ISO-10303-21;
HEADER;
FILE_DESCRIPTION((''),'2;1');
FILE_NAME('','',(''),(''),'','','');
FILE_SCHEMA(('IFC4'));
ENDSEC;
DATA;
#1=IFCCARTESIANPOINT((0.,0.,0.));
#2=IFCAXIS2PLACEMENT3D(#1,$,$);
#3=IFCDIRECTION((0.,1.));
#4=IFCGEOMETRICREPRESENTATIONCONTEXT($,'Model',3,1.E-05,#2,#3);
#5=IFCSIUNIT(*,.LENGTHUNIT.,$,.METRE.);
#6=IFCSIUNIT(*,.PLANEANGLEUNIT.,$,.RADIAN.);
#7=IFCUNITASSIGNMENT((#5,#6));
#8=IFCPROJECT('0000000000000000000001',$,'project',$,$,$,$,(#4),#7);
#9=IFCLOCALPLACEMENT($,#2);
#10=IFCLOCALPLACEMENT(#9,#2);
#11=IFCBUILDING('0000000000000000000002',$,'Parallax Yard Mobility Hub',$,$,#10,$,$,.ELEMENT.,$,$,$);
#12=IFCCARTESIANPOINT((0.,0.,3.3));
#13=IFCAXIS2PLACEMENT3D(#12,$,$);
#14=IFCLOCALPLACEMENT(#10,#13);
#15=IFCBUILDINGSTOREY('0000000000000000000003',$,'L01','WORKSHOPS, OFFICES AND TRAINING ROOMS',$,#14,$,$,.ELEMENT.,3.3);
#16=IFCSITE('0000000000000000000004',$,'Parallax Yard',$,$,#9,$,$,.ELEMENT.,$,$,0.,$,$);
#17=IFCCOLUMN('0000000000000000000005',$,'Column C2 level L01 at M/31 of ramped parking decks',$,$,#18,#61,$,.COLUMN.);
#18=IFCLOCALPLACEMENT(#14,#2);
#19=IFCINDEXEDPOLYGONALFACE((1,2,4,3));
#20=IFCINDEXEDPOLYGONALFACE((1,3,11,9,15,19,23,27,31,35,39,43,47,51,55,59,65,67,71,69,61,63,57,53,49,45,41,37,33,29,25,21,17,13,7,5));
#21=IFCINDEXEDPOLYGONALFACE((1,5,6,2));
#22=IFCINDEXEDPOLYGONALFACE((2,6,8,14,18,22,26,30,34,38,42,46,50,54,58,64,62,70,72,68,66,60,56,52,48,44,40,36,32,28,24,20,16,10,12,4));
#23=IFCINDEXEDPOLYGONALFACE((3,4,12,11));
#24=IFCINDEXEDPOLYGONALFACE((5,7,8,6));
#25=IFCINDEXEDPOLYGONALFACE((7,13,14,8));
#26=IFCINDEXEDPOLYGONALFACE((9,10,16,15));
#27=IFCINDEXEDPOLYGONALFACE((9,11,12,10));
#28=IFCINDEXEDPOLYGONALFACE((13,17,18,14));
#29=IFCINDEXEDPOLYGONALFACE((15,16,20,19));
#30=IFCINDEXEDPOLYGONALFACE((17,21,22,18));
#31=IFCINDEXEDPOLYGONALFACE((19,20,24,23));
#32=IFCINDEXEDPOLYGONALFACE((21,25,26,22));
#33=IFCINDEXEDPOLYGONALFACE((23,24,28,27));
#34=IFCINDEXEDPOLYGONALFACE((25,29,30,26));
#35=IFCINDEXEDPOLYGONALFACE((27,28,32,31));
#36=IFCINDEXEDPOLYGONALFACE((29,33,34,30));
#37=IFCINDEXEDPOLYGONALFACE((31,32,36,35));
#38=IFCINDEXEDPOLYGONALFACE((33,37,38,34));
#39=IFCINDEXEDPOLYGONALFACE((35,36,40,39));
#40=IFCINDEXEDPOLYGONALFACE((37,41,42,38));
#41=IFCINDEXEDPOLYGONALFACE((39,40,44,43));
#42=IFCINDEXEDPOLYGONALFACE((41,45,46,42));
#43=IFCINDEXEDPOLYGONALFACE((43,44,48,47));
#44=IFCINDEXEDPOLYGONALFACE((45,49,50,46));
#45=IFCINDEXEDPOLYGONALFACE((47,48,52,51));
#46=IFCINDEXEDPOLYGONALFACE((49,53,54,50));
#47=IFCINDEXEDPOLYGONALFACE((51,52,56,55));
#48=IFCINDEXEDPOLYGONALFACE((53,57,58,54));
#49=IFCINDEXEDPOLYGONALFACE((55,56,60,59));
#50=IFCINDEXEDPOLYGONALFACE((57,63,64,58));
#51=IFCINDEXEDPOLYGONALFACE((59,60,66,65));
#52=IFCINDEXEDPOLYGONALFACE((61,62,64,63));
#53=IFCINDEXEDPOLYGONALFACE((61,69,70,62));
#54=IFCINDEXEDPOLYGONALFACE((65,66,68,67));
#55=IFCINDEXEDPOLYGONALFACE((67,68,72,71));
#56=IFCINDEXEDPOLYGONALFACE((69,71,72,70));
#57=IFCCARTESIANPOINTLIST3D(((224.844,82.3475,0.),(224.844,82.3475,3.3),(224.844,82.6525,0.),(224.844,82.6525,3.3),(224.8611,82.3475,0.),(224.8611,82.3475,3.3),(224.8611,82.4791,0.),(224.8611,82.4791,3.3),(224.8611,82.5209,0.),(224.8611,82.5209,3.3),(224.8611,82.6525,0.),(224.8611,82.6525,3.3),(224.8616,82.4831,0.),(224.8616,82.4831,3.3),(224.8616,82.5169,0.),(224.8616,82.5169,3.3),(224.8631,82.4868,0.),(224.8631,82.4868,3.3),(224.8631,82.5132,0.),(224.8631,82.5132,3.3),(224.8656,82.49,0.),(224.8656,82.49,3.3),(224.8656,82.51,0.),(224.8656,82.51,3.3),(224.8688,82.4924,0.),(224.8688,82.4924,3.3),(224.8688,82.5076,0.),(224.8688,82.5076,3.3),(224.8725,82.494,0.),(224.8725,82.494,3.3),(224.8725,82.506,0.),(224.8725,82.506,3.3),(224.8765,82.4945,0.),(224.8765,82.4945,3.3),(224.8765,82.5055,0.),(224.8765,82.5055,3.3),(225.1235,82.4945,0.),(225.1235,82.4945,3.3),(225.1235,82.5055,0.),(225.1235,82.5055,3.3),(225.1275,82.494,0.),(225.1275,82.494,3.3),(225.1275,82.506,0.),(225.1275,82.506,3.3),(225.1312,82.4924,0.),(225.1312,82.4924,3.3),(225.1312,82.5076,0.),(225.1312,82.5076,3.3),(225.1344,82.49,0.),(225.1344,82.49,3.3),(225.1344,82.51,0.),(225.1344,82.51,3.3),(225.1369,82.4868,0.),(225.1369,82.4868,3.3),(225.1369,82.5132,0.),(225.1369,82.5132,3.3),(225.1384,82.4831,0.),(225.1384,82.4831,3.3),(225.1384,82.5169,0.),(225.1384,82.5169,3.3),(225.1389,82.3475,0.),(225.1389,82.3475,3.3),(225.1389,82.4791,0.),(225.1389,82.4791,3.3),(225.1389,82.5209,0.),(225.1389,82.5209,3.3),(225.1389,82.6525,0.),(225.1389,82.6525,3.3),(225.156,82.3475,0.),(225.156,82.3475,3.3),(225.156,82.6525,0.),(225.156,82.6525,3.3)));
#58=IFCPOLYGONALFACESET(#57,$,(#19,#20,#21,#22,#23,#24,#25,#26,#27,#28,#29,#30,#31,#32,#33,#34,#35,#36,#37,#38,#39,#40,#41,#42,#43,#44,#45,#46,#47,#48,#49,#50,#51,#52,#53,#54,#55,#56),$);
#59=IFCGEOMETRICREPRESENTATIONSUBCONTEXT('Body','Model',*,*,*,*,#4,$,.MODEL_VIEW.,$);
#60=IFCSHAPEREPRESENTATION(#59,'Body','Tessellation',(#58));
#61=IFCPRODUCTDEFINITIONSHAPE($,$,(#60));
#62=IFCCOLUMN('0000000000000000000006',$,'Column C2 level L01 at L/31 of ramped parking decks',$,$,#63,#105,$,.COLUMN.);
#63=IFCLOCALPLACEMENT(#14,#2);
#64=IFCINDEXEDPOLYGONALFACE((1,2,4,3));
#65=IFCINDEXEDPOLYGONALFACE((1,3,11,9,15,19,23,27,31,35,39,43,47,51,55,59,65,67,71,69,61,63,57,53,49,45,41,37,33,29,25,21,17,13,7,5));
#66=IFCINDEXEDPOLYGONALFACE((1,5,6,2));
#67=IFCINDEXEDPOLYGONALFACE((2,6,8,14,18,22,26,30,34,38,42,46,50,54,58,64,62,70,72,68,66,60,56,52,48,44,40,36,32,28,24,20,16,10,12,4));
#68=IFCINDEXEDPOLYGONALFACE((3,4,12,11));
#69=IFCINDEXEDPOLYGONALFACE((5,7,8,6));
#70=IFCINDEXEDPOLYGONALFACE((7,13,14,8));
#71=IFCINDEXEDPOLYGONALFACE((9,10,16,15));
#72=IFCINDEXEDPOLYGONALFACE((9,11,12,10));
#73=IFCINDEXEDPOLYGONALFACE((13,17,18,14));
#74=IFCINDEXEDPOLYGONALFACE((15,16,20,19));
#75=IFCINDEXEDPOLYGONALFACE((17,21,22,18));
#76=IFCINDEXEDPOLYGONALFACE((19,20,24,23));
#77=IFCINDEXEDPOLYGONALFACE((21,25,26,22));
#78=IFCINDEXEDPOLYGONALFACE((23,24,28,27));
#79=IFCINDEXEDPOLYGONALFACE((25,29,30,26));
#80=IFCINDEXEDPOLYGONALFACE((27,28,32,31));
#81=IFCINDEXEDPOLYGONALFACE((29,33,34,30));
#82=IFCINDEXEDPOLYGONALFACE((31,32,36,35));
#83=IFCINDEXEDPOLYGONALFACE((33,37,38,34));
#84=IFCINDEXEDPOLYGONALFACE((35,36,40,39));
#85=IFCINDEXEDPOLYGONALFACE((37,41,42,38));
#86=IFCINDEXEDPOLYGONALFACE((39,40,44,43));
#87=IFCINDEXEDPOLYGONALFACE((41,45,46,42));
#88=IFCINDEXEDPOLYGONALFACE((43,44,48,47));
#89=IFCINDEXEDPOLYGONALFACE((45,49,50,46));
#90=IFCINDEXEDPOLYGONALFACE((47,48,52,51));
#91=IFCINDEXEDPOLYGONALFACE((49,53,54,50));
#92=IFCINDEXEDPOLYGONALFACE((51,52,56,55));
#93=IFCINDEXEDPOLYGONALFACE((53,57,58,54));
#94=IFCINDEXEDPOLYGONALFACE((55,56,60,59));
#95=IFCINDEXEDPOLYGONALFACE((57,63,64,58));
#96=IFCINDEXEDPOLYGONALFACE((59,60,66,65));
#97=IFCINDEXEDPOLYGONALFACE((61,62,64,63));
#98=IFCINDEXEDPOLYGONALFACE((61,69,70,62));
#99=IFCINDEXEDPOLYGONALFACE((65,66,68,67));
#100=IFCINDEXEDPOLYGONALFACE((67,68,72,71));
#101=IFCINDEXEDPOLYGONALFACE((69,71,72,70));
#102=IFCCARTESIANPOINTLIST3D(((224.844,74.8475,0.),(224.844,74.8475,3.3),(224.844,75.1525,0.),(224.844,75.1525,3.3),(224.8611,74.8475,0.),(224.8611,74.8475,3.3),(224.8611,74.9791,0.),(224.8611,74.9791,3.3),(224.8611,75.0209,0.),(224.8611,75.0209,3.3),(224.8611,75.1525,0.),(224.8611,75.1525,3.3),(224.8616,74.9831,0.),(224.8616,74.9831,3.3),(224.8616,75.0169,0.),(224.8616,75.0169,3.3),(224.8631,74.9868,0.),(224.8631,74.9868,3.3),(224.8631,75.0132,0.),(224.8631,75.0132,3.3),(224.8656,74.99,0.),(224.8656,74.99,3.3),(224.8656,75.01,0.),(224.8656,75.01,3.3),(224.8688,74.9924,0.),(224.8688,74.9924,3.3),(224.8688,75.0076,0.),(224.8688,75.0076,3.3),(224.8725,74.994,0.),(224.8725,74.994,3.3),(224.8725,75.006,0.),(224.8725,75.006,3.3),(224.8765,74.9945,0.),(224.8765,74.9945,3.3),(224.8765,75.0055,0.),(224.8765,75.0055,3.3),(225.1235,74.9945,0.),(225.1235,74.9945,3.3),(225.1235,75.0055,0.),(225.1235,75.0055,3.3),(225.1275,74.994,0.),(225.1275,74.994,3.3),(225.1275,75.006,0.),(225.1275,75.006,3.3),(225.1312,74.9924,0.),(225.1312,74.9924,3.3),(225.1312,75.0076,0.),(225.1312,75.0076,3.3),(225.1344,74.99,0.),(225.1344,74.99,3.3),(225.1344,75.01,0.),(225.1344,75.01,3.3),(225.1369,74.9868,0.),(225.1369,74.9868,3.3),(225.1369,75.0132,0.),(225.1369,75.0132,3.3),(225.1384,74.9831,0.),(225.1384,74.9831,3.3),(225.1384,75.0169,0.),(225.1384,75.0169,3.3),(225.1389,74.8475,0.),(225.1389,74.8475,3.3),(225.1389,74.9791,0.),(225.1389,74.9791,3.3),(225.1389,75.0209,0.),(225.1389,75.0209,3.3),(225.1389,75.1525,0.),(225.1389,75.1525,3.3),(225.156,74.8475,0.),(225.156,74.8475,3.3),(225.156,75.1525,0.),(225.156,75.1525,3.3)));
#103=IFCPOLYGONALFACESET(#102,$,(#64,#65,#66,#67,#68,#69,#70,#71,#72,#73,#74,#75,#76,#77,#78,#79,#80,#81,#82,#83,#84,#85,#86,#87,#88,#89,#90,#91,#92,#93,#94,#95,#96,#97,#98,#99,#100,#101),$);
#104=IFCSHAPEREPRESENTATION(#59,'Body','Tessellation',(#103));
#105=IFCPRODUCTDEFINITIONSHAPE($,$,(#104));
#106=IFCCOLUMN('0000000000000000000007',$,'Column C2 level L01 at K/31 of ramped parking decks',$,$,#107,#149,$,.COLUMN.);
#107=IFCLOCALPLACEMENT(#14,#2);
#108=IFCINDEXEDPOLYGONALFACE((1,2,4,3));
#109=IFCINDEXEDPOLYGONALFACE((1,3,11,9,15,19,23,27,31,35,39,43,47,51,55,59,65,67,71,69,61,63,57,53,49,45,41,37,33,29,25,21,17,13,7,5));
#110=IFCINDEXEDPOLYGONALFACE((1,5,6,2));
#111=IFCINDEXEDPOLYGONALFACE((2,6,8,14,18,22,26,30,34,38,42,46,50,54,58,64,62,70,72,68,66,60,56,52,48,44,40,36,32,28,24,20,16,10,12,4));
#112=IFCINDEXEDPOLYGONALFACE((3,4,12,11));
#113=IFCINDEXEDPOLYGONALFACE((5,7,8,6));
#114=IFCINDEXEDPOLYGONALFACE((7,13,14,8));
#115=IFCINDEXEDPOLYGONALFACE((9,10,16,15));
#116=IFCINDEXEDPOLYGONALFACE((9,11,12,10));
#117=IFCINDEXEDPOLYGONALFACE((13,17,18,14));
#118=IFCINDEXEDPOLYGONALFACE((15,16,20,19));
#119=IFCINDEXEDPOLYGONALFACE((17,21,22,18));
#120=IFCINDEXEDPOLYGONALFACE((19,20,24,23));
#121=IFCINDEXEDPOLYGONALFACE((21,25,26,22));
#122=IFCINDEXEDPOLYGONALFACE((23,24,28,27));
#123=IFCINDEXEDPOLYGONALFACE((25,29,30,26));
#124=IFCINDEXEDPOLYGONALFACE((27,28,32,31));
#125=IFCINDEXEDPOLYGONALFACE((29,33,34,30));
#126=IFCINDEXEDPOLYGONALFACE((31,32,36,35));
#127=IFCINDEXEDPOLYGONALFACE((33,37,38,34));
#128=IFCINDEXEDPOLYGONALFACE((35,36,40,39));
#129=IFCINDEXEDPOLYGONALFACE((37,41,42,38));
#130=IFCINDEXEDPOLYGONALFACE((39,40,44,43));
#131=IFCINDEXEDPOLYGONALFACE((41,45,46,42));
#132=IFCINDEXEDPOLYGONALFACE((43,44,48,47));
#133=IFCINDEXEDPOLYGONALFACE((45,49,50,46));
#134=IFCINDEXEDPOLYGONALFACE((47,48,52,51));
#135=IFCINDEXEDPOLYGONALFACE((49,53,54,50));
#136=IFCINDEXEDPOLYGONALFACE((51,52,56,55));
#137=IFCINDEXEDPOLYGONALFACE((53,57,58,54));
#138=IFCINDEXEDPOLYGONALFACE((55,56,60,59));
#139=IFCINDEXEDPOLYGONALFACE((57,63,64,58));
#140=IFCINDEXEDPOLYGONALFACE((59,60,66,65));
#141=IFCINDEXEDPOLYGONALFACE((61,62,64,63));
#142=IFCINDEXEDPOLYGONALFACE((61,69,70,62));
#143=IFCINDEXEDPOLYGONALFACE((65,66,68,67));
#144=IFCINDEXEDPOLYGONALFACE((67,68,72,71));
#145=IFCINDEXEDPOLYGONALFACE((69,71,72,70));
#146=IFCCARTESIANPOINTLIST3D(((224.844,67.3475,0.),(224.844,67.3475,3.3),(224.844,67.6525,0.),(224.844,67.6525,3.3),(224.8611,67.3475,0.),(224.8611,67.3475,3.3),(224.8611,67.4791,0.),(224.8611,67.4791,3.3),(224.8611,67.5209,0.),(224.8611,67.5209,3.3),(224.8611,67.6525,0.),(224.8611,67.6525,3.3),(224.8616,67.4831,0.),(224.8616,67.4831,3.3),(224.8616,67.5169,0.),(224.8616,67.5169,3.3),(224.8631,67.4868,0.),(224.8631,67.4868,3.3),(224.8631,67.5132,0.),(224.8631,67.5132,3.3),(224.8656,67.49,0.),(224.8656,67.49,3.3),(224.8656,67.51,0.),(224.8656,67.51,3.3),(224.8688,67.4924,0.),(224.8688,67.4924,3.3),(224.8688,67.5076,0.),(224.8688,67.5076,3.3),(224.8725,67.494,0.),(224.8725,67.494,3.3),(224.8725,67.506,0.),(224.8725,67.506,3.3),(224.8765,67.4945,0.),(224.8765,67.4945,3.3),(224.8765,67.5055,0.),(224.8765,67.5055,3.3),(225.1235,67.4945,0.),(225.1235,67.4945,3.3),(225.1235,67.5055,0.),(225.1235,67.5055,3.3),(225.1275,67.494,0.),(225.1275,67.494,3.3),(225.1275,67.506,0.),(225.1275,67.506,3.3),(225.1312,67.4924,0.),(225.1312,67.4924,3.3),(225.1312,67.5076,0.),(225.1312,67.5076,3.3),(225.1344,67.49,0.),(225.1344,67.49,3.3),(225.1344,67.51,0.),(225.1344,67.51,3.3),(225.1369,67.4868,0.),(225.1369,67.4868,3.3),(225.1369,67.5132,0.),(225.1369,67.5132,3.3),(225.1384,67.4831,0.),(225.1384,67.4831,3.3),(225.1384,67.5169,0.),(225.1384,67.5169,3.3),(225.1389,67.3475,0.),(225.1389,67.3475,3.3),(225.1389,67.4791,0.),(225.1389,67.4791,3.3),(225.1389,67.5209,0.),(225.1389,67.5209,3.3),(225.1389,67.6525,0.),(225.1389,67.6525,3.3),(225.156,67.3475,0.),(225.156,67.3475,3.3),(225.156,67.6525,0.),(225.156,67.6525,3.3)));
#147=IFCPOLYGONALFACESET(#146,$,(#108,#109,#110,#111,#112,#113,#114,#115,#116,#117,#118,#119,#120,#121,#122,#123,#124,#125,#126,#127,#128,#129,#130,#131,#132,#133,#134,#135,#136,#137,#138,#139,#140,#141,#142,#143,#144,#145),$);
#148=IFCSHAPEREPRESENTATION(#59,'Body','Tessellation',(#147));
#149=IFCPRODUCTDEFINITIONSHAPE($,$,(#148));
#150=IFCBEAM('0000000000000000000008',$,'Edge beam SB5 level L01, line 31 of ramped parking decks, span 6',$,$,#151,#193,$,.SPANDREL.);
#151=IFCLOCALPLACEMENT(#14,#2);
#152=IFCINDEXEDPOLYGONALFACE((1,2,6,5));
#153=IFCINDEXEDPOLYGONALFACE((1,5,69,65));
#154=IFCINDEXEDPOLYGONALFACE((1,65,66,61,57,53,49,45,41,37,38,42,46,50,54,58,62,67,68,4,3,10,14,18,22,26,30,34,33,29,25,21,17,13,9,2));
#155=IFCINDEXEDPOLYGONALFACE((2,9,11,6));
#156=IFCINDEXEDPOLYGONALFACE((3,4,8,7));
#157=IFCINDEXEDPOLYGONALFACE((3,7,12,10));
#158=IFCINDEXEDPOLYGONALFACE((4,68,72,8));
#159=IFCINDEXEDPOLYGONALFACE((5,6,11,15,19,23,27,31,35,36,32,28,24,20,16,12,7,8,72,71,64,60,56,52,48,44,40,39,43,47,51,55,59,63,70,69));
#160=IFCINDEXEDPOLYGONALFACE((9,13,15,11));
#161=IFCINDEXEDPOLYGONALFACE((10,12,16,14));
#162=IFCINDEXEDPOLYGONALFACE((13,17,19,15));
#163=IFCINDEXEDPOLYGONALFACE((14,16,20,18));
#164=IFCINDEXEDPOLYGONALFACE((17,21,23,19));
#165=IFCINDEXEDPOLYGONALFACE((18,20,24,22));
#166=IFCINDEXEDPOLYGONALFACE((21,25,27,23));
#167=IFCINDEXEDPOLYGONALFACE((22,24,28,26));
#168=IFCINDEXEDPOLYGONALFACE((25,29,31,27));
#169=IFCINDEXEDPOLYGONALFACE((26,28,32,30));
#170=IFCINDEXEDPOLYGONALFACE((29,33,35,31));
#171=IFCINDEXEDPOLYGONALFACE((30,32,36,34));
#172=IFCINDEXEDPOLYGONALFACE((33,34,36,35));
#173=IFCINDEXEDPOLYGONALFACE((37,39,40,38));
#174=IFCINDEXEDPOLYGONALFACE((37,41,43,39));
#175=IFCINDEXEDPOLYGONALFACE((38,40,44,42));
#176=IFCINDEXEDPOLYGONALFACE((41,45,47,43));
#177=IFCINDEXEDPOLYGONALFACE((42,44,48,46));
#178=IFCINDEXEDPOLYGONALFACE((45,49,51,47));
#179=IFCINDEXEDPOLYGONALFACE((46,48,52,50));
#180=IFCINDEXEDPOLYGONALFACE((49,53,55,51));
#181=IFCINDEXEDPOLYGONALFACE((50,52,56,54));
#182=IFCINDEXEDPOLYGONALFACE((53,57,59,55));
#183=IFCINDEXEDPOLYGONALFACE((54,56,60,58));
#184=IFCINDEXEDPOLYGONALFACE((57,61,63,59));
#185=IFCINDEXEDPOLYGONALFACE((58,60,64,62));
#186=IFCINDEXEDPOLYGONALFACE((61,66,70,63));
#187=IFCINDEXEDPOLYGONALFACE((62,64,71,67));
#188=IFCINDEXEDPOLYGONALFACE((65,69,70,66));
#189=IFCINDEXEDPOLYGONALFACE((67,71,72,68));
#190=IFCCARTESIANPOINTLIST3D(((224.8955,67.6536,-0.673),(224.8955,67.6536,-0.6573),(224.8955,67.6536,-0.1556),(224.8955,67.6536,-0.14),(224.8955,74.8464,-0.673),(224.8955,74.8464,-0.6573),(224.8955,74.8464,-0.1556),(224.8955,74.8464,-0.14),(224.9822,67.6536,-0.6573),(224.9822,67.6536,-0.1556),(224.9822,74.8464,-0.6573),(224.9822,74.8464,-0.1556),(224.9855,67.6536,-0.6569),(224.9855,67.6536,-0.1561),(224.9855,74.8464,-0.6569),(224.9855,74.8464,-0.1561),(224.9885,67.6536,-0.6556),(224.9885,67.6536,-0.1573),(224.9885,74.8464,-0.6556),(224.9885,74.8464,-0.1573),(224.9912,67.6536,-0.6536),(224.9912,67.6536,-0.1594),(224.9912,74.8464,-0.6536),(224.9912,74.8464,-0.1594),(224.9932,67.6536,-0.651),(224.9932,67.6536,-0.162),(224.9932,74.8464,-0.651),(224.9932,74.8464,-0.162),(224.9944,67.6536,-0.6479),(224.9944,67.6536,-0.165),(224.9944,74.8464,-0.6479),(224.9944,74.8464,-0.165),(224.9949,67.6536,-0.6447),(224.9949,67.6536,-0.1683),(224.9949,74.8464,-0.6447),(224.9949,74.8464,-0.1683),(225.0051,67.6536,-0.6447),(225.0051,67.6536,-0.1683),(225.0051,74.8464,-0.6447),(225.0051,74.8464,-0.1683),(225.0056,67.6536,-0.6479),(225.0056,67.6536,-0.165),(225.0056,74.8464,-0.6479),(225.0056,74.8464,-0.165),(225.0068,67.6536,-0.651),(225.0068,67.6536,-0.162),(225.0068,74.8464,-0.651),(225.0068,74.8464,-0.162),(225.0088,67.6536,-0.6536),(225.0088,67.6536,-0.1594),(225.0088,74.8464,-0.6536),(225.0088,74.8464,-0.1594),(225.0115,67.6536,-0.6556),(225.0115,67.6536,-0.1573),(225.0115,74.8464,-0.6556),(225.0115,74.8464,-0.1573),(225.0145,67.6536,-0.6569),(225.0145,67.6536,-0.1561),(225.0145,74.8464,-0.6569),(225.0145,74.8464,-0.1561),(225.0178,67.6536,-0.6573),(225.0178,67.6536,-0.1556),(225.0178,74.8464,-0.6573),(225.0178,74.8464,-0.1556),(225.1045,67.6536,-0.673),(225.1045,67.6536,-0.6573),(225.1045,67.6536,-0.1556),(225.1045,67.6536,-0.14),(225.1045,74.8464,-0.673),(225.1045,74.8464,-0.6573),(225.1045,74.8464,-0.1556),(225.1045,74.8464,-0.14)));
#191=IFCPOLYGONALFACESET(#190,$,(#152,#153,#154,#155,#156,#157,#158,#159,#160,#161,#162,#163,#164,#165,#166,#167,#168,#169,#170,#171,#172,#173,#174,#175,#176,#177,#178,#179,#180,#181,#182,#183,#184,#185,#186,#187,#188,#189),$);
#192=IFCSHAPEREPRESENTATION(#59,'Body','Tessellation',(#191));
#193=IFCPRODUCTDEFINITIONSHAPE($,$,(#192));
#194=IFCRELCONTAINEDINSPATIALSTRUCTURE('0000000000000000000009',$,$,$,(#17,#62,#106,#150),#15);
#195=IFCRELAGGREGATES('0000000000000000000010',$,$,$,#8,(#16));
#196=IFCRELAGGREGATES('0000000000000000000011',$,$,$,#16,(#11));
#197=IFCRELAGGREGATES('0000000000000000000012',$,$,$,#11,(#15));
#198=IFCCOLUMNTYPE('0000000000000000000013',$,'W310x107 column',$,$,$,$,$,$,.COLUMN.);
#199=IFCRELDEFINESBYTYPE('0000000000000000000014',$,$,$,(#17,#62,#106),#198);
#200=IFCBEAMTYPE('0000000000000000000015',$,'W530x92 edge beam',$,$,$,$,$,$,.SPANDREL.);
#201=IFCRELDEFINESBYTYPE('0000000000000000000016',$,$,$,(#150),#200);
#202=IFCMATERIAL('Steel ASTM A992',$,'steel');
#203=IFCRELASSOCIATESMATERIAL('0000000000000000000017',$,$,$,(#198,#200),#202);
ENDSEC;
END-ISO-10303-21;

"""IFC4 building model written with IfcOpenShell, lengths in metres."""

from ifc_helpers import new_model, si_unit, direction, frame, origin, origin_2d, place, context, subcontext, project, spatial, i_section, extrude, material, material_profile, profile_set, type_object, element, save


model = new_model("IFC4")

# Units and contexts
model_context = context("Model", 3, precision=1e-05, world=origin(), true_north=direction((0.0, 1.0)))
body_context = subcontext(model_context, "Body", "Model", "MODEL_VIEW")
ifc_project = project(units=[si_unit("LENGTHUNIT", "METRE"), si_unit("PLANEANGLEUNIT", "RADIAN")], contexts=[model_context])

# Site, building, storey
site_placement = place(None, origin())
site = spatial("IfcSite", under=ifc_project, at=site_placement, Name="Parallax Yard", CompositionType="ELEMENT", RefElevation=0.0)
building_placement = place(site_placement, origin())
building = spatial("IfcBuilding", under=site, at=building_placement, Name="Parallax Yard Mobility Hub", CompositionType="ELEMENT")
storey_placement = place(building_placement, frame((0.0, 0.0, 3.3)))
storey = spatial("IfcBuildingStorey", under=building, at=storey_placement, Name="L01", Description="WORKSHOPS, OFFICES AND TRAINING ROOMS", CompositionType="ELEMENT", Elevation=3.3)

# Columns
ifc_material_1 = material(Name="Steel ASTM A992", Category="steel")
ifc_material_profile_1 = material_profile(ifc_material_1, i_section(OverallWidth=0.3049, OverallDepth=0.312, WebThickness=0.011, FlangeThickness=0.0171, FilletRadius=0.0154, at=origin_2d()), Name="W310x107")
ifc_profile_set_1 = profile_set([ifc_material_profile_1], Name="Steel ASTM A992")
column_type = type_object("IfcColumnType", Name="W310x107 column", PredefinedType="COLUMN", material=ifc_profile_set_1)
for number, where, z_axis, x_axis, name in (
    (1, (225.0, 82.5, 0.0), (0.0, 0.0, 1.0), (0.0, 1.0, 0.0), "Column C2 level L01 at M/31 of ramped parking decks"),
    (2, (225.0, 75.0, 0.0), (0.0, 0.0, 1.0), (0.0, 1.0, 0.0), "Column C2 level L01 at L/31 of ramped parking decks"),
    (3, (225.0, 67.5, 0.0), (0.0, 0.0, 1.0), (0.0, 1.0, 0.0), "Column C2 level L01 at K/31 of ramped parking decks"),
):
    element("IfcColumn", number, at=place(storey_placement, frame(where, z_axis=z_axis, x_axis=x_axis)), inside=storey, type_object=column_type, Name=name, PredefinedType="COLUMN", context=body_context, shape_type="SweptSolid", body=[
        extrude(i_section(OverallWidth=0.3049, OverallDepth=0.312, WebThickness=0.011, FlangeThickness=0.0171, FilletRadius=0.0154, at=origin_2d()), origin(), (0.0, 0.0, 1.0), 3.3),
    ])

# Beam
ifc_material_profile_2 = material_profile(ifc_material_1, i_section(OverallWidth=0.209, OverallDepth=0.533, WebThickness=0.0103, FlangeThickness=0.0156, FilletRadius=0.0127, at=origin_2d()), Name="W530x92")
ifc_profile_set_2 = profile_set([ifc_material_profile_2], Name="Steel ASTM A992")
beam_type_1 = type_object("IfcBeamType", Name="W530x92 edge beam", PredefinedType="SPANDREL", material=ifc_profile_set_2)
for number, where, z_axis, x_axis, name in (
    (4, (225.0, 67.6536, -0.4065), (0.0, 1.0, 0.0), (-1.0, 0.0, 0.0), "Edge beam SB5 level L01, line 31 of ramped parking decks, span 6"),
):
    element("IfcBeam", number, at=place(storey_placement, frame(where, z_axis=z_axis, x_axis=x_axis)), inside=storey, type_object=beam_type_1, Name=name, PredefinedType="SPANDREL", context=body_context, shape_type="SweptSolid", body=[
        extrude(i_section(OverallWidth=0.209, OverallDepth=0.533, WebThickness=0.0103, FlangeThickness=0.0156, FilletRadius=0.0127, at=origin_2d()), origin(), (0.0, 0.0, 1.0), 7.1929),
    ])

save(model, "model.ifc")
